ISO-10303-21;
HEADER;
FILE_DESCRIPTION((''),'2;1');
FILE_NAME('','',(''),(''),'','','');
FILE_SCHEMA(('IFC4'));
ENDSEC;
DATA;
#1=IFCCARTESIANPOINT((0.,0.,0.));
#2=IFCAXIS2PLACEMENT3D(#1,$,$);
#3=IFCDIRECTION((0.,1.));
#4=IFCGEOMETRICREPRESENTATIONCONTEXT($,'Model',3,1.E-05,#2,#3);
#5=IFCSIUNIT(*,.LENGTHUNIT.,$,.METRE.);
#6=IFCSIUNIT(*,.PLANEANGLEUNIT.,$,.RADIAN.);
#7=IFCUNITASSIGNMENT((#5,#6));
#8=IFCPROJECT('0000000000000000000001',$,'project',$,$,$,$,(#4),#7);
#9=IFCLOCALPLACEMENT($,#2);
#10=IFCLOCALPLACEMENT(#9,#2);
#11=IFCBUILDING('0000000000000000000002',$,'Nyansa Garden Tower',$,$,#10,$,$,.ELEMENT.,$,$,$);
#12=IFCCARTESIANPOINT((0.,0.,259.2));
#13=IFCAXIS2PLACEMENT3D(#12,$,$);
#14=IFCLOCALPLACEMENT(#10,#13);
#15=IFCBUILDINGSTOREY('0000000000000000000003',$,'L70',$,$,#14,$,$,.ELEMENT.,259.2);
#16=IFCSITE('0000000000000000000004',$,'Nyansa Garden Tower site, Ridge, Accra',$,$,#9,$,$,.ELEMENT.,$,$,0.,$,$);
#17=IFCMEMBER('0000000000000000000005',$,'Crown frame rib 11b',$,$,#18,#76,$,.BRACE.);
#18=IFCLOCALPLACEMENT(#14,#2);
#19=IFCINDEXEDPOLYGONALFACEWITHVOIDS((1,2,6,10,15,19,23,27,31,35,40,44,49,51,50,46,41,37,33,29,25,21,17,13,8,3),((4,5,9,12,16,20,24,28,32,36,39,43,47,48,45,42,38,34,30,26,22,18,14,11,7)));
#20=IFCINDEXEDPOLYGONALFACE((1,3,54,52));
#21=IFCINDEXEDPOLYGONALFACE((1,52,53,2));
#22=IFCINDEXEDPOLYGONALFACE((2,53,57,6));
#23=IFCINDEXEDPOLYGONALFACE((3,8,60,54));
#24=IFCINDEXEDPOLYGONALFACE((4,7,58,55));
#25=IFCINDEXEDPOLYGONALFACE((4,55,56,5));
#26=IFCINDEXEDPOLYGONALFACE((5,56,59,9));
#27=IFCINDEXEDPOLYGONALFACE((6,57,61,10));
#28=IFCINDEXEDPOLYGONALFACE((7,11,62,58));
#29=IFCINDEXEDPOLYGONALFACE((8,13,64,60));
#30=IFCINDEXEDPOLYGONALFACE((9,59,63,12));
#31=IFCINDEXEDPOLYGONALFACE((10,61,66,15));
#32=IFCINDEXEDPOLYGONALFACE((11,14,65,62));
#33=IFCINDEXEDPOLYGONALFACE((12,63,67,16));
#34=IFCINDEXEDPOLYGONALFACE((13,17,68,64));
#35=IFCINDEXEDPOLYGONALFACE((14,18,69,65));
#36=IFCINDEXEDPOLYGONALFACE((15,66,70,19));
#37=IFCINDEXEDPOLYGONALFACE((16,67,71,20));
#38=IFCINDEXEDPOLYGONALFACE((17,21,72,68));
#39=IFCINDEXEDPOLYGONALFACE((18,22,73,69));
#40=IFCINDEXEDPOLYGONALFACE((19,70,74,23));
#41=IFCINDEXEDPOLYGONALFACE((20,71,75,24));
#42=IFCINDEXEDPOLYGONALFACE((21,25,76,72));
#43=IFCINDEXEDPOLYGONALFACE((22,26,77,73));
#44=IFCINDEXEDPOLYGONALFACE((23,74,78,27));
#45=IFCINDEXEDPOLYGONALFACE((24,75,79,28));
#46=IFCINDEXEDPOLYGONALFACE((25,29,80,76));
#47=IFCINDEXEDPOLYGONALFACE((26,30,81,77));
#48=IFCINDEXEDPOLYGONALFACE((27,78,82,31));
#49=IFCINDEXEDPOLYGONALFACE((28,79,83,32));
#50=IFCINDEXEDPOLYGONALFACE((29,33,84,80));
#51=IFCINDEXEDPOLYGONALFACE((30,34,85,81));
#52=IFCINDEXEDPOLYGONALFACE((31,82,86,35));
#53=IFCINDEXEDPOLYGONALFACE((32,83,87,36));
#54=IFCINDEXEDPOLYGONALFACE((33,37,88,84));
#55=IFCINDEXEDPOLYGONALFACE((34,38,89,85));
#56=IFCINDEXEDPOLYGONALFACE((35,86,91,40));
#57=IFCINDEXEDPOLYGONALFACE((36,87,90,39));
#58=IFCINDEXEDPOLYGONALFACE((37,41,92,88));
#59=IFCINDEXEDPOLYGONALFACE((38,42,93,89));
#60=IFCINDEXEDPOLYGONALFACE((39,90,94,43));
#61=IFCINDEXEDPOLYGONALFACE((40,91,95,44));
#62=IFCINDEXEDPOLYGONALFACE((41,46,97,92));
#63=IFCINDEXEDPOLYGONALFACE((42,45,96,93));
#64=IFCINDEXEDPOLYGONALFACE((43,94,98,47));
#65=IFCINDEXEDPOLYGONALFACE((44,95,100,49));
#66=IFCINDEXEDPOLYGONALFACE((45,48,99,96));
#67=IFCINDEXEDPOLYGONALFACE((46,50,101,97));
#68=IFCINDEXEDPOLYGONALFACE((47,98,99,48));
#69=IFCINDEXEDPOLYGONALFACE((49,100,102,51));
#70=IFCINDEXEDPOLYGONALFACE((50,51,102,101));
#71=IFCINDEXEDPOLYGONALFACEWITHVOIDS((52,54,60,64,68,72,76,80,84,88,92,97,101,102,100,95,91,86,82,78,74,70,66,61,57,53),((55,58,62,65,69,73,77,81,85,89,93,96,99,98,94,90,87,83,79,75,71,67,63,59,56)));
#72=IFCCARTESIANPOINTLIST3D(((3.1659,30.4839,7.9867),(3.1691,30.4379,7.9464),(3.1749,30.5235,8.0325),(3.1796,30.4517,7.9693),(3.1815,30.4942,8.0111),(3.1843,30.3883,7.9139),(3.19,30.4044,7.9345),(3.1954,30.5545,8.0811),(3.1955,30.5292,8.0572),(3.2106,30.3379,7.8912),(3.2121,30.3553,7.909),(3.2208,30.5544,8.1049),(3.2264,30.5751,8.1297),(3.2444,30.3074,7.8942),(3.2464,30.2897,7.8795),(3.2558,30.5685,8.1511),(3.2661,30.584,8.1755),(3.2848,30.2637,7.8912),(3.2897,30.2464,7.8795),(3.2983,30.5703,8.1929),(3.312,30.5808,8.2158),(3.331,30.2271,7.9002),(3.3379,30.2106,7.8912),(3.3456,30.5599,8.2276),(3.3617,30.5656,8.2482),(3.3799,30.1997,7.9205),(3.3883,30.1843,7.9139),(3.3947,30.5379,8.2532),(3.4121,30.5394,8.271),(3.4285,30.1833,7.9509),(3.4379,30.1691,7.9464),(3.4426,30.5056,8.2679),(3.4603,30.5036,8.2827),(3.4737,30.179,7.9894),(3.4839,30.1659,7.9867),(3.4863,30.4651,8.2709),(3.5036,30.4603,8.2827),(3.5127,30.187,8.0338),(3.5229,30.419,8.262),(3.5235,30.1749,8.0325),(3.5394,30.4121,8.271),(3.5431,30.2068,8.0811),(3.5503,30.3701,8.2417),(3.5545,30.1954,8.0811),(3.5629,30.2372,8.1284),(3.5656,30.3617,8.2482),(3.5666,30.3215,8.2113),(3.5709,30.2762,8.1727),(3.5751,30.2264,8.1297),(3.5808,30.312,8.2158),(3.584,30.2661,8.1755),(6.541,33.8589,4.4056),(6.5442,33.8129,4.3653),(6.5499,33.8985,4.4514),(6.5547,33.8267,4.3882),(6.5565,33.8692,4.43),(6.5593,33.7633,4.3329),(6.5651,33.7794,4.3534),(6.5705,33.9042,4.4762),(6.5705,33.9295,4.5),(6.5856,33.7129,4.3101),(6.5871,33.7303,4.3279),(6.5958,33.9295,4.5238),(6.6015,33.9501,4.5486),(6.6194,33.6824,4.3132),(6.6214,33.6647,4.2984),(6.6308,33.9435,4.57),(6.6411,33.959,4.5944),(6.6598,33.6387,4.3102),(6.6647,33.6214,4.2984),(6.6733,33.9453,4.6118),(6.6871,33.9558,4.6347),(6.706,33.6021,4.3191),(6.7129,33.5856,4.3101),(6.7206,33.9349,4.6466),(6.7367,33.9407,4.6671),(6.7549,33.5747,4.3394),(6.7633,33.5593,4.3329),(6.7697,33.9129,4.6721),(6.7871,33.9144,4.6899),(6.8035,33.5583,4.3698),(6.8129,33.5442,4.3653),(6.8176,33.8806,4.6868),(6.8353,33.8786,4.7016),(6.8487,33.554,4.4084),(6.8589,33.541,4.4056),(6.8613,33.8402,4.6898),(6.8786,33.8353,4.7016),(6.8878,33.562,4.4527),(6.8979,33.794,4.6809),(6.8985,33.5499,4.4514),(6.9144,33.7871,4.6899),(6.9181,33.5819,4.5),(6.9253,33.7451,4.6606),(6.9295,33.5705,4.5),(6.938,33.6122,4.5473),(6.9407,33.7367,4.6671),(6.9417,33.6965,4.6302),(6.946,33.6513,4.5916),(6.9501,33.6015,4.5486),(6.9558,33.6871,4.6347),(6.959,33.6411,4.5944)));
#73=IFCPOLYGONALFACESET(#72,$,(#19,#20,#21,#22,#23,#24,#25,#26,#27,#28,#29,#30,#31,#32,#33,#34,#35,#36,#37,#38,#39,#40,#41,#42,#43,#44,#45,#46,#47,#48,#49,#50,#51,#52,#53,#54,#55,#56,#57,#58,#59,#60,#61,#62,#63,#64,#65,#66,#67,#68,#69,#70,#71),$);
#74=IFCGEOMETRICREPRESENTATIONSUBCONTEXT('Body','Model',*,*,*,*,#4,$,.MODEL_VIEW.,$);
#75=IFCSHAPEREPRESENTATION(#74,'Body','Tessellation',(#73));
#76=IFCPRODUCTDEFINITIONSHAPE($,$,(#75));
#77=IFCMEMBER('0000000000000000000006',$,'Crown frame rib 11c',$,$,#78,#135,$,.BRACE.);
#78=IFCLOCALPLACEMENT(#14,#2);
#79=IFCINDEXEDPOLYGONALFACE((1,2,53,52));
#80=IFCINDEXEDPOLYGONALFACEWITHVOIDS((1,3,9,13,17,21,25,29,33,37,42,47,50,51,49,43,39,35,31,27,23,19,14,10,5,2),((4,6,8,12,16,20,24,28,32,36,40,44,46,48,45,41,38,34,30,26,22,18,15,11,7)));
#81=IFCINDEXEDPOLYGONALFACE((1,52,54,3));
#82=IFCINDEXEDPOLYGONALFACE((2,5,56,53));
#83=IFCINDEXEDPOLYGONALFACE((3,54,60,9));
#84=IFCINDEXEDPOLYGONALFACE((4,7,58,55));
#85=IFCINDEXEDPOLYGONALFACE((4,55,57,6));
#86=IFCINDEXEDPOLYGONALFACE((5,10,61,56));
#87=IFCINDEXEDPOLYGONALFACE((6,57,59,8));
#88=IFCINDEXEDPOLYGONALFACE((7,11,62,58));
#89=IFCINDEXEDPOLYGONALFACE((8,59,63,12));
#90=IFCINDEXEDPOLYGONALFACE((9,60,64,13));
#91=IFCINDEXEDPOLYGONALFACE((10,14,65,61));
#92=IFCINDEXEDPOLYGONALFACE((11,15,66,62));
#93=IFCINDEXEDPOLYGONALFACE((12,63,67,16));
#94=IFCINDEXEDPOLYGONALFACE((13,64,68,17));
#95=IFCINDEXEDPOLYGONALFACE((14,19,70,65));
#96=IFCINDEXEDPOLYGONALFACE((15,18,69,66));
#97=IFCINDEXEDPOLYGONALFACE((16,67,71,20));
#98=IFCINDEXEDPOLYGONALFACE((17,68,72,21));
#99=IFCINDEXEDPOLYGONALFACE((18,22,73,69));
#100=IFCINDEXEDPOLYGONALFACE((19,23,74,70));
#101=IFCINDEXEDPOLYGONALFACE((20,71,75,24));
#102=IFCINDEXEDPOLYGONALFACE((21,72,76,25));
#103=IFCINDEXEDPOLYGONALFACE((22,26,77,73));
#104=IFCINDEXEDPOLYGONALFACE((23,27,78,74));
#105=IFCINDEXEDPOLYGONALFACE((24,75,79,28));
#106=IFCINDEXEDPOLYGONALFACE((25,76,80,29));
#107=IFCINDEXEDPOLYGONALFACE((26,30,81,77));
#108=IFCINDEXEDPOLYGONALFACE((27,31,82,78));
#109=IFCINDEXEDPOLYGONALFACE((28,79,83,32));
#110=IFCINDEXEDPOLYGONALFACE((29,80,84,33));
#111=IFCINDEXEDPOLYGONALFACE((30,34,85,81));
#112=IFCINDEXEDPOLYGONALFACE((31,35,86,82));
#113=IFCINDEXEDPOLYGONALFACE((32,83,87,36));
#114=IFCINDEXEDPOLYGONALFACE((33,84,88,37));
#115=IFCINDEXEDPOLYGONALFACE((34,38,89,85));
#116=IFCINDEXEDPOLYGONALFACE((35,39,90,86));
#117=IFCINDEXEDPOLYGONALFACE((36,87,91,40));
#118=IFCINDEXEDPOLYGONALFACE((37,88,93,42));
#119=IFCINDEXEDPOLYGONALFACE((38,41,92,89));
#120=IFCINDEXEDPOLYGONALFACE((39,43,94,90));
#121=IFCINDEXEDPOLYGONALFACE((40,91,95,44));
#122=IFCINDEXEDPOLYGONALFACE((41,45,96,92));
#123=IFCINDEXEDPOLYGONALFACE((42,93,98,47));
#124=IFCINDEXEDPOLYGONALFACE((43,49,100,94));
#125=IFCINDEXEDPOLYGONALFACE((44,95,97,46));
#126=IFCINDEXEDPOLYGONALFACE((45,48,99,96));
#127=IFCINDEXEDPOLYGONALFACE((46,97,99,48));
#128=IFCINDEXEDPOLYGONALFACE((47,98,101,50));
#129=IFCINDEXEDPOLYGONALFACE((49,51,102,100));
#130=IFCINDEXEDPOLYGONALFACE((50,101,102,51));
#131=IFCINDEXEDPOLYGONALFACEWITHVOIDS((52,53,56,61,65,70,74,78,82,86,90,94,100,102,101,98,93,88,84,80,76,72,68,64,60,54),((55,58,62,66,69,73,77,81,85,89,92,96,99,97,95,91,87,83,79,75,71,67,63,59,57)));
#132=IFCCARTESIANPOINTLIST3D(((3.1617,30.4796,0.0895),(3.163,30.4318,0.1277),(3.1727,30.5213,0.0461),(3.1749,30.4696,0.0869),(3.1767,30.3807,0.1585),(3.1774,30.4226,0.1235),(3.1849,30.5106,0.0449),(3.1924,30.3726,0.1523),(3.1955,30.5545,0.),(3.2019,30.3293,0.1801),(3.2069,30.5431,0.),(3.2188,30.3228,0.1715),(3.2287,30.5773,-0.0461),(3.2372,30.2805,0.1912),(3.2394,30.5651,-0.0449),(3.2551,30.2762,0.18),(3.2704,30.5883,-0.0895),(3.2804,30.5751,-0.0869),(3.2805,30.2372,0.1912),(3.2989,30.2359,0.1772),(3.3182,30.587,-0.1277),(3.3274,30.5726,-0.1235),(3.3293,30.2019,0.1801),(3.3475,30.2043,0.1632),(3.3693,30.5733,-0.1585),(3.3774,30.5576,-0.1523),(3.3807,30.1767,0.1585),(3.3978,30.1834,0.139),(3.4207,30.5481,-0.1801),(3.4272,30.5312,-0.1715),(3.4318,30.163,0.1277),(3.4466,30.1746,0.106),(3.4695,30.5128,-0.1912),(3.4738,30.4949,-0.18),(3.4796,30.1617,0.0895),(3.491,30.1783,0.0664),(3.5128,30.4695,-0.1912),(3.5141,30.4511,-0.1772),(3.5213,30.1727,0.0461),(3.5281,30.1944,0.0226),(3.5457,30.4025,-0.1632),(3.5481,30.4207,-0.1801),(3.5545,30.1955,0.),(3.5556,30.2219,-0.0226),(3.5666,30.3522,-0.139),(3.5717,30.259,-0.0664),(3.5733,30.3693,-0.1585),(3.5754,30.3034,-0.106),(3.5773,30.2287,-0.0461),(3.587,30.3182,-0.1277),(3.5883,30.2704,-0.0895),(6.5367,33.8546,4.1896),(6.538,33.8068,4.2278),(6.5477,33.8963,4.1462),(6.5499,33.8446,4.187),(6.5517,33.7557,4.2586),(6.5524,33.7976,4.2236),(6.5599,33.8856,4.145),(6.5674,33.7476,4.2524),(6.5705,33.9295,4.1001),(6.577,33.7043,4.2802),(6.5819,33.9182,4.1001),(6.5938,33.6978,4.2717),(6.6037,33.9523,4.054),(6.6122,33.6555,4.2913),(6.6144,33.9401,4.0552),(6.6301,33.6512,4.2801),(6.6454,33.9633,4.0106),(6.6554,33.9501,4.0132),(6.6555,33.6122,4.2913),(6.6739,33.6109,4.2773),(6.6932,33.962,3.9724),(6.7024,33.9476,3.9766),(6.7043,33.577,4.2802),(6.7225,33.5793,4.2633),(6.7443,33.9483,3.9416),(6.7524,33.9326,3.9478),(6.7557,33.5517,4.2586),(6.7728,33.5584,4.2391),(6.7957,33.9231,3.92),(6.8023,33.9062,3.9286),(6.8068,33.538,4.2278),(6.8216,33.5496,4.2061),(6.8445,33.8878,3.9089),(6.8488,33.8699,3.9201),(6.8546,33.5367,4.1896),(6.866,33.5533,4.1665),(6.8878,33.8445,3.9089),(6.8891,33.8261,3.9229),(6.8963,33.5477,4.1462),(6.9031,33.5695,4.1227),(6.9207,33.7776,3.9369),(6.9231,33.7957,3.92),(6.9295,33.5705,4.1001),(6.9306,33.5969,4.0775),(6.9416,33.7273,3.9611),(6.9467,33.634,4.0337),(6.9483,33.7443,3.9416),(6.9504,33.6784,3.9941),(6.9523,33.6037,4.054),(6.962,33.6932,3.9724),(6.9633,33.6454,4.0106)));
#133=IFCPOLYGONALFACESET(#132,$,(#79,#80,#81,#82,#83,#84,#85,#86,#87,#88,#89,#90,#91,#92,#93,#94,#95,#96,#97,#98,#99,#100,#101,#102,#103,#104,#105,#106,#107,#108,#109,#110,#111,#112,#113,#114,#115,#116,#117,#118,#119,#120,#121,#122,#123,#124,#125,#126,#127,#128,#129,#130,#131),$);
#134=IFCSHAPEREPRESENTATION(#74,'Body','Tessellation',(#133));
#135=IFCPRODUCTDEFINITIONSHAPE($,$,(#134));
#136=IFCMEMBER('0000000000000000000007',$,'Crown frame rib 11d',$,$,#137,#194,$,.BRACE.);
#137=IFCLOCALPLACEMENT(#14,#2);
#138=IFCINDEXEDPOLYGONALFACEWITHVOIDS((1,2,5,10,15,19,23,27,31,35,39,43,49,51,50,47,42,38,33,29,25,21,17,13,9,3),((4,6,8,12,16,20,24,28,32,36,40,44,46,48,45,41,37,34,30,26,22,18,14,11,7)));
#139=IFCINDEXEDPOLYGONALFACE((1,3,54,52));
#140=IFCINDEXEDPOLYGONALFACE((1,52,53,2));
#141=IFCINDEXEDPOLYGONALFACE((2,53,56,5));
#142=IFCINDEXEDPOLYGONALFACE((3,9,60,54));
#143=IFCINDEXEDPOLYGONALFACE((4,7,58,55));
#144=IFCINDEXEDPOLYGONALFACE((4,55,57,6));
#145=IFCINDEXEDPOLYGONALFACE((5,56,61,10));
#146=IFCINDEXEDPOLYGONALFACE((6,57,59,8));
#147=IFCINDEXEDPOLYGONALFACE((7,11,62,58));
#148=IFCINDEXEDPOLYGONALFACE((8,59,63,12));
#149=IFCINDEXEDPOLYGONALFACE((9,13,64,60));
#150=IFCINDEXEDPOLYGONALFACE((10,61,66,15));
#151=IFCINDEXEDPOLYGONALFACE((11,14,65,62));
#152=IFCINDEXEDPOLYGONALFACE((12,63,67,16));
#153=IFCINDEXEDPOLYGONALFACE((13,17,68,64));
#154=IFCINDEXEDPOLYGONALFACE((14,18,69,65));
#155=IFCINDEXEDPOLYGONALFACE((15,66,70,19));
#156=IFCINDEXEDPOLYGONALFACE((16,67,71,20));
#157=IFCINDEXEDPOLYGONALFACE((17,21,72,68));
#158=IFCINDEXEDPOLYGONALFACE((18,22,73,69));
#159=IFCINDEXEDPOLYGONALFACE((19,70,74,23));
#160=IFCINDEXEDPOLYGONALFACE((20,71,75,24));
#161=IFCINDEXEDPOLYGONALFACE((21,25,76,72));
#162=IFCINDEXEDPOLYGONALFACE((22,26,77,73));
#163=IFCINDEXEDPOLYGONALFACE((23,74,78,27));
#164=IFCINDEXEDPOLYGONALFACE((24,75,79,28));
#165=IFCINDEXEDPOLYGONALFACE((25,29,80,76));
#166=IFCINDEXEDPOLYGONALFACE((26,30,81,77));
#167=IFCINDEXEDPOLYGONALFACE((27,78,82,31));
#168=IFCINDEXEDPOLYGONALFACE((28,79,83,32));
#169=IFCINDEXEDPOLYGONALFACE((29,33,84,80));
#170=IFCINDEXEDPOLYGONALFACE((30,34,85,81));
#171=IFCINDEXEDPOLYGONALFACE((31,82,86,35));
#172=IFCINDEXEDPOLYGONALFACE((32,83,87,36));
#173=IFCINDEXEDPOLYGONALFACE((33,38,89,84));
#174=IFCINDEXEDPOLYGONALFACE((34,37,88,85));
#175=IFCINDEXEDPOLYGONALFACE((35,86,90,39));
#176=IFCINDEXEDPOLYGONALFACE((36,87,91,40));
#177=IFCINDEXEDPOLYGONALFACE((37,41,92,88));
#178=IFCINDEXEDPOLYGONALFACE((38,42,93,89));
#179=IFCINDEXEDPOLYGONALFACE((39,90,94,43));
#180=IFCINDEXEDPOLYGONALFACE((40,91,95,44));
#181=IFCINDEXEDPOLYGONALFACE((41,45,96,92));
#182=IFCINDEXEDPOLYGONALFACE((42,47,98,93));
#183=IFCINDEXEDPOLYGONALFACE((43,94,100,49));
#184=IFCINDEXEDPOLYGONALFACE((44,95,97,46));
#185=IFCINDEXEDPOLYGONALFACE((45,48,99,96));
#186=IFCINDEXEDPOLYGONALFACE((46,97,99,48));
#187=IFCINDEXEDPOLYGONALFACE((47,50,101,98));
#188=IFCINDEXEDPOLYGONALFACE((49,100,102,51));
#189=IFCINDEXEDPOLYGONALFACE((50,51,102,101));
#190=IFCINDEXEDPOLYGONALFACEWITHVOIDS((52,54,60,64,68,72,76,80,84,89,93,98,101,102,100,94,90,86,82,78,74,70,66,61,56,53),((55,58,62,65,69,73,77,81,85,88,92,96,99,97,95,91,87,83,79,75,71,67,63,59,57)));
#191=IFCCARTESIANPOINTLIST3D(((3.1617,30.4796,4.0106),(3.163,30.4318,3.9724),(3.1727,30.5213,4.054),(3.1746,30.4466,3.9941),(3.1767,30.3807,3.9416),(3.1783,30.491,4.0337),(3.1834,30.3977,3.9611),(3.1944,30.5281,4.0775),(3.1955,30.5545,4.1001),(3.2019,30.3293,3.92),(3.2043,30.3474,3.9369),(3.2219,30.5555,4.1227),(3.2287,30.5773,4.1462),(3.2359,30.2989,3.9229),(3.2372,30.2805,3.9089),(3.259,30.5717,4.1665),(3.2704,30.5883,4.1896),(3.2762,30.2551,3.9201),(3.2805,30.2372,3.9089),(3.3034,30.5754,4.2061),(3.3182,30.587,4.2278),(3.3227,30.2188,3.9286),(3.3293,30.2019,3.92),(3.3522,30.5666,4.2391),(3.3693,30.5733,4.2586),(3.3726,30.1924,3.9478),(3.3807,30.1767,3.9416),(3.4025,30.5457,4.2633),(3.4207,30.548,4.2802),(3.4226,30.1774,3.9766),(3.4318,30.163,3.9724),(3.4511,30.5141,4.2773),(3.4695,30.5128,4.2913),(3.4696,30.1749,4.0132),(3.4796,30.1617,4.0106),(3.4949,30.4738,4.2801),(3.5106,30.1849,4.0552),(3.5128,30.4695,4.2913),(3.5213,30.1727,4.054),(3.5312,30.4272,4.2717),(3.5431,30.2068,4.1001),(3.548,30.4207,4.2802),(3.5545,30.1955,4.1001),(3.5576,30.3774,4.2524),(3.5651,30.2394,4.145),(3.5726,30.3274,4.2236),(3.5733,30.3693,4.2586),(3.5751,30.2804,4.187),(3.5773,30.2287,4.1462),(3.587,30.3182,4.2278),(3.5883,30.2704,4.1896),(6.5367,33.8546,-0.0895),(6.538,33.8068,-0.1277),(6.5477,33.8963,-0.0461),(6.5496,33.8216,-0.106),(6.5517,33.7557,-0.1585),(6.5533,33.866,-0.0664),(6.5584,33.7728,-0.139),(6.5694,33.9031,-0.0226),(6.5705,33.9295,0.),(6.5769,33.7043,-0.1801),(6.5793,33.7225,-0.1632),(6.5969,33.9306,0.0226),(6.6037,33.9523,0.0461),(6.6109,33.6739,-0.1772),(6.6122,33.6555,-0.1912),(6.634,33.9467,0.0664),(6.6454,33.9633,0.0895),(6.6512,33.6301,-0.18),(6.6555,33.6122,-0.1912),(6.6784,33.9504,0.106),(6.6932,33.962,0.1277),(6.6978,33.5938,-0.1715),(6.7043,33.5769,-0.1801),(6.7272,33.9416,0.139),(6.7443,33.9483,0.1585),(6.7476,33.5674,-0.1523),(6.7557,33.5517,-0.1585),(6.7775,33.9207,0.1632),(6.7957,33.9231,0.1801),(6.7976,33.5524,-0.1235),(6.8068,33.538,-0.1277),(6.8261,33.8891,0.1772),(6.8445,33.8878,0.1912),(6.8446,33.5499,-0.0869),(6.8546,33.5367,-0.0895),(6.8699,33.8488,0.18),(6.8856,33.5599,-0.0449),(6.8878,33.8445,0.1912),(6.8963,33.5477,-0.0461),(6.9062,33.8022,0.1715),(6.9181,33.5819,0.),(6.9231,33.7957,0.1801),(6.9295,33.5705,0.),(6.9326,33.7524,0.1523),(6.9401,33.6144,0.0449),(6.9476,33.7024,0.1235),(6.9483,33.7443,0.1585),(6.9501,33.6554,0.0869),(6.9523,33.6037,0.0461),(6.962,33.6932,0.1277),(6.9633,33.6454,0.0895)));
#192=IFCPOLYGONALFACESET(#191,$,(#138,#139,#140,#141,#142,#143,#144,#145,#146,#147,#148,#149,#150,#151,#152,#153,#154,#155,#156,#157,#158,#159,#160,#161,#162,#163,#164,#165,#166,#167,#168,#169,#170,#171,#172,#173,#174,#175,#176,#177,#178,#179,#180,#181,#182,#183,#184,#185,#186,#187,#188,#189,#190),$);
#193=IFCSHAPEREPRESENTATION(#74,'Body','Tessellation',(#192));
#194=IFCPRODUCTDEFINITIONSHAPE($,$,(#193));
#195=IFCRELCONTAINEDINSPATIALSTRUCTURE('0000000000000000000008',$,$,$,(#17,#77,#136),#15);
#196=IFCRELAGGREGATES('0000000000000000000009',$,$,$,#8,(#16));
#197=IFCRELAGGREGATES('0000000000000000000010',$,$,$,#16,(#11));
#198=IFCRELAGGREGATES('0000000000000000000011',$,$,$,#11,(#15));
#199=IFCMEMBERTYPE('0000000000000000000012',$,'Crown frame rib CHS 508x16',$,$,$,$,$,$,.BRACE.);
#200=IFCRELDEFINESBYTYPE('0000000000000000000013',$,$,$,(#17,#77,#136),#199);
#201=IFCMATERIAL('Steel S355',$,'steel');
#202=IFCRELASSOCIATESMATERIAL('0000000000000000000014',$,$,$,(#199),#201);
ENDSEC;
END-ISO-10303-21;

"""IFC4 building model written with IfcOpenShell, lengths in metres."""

from ifc_helpers import new_model, si_unit, direction, frame, origin, origin_2d, place, context, subcontext, project, spatial, hollow_circle, extrude, material, material_profile, profile_set, type_object, element, save


model = new_model("IFC4")

# Units and contexts
model_context = context("Model", 3, precision=1e-05, world=origin(), true_north=direction((0.0, 1.0)))
body_context = subcontext(model_context, "Body", "Model", "MODEL_VIEW")
ifc_project = project(units=[si_unit("LENGTHUNIT", "METRE"), si_unit("PLANEANGLEUNIT", "RADIAN")], contexts=[model_context])

# Site, building, storey
site_placement = place(None, origin())
site = spatial("IfcSite", under=ifc_project, at=site_placement, Name="Nyansa Garden Tower site, Ridge, Accra", CompositionType="ELEMENT", RefElevation=0.0)
building_placement = place(site_placement, origin())
building = spatial("IfcBuilding", under=site, at=building_placement, Name="Nyansa Garden Tower", CompositionType="ELEMENT")
storey_placement = place(building_placement, frame((0.0, 0.0, 259.2)))
storey = spatial("IfcBuildingStorey", under=building, at=storey_placement, Name="L70", CompositionType="ELEMENT", Elevation=259.2)

# Members
ifc_material_1 = material(Name="Steel S355", Category="steel")
ifc_material_profile_1 = material_profile(ifc_material_1, hollow_circle(Radius=0.2539, WallThickness=0.0161, at=origin_2d()), Name="CHS 508x16")
ifc_profile_set_1 = profile_set([ifc_material_profile_1], Name="Steel S355")
member_type = type_object("IfcMemberType", Name="Crown frame rib CHS 508x16", PredefinedType="BRACE", material=ifc_profile_set_1)
for number, where, z_axis, x_axis, name in (
    (1, (6.75, 33.75, 4.5), (-0.56561, -0.56561, 0.600142), (0.707107, -0.707107, 0.0), "Crown frame rib 11b"),
):
    element("IfcMember", number, at=place(storey_placement, frame(where, z_axis=z_axis, x_axis=x_axis)), inside=storey, type_object=member_type, Name=name, PredefinedType="BRACE", context=body_context, shape_type="SweptSolid", body=[
        extrude(hollow_circle(Radius=0.2539, WallThickness=0.0161, at=origin_2d()), origin(), (0.0, 0.0, 1.0), 5.967),
    ])
for number, where, z_axis, x_axis, name in (
    (2, (3.375, 30.375, 0.0), (0.536377, 0.536377, 0.651614), (-0.707107, 0.707107, 0.0), "Crown frame rib 11c"),
    (3, (6.75, 33.75, 0.0), (-0.536377, -0.536377, 0.651614), (0.707107, -0.707107, 0.0), "Crown frame rib 11d"),
):
    element("IfcMember", number, at=place(storey_placement, frame(where, z_axis=z_axis, x_axis=x_axis)), inside=storey, type_object=member_type, Name=name, PredefinedType="BRACE", context=body_context, shape_type="SweptSolid", body=[
        extrude(hollow_circle(Radius=0.2539, WallThickness=0.0161, at=origin_2d()), origin(), (0.0, 0.0, 1.0), 6.2922),
    ])

save(model, "model.ifc")
